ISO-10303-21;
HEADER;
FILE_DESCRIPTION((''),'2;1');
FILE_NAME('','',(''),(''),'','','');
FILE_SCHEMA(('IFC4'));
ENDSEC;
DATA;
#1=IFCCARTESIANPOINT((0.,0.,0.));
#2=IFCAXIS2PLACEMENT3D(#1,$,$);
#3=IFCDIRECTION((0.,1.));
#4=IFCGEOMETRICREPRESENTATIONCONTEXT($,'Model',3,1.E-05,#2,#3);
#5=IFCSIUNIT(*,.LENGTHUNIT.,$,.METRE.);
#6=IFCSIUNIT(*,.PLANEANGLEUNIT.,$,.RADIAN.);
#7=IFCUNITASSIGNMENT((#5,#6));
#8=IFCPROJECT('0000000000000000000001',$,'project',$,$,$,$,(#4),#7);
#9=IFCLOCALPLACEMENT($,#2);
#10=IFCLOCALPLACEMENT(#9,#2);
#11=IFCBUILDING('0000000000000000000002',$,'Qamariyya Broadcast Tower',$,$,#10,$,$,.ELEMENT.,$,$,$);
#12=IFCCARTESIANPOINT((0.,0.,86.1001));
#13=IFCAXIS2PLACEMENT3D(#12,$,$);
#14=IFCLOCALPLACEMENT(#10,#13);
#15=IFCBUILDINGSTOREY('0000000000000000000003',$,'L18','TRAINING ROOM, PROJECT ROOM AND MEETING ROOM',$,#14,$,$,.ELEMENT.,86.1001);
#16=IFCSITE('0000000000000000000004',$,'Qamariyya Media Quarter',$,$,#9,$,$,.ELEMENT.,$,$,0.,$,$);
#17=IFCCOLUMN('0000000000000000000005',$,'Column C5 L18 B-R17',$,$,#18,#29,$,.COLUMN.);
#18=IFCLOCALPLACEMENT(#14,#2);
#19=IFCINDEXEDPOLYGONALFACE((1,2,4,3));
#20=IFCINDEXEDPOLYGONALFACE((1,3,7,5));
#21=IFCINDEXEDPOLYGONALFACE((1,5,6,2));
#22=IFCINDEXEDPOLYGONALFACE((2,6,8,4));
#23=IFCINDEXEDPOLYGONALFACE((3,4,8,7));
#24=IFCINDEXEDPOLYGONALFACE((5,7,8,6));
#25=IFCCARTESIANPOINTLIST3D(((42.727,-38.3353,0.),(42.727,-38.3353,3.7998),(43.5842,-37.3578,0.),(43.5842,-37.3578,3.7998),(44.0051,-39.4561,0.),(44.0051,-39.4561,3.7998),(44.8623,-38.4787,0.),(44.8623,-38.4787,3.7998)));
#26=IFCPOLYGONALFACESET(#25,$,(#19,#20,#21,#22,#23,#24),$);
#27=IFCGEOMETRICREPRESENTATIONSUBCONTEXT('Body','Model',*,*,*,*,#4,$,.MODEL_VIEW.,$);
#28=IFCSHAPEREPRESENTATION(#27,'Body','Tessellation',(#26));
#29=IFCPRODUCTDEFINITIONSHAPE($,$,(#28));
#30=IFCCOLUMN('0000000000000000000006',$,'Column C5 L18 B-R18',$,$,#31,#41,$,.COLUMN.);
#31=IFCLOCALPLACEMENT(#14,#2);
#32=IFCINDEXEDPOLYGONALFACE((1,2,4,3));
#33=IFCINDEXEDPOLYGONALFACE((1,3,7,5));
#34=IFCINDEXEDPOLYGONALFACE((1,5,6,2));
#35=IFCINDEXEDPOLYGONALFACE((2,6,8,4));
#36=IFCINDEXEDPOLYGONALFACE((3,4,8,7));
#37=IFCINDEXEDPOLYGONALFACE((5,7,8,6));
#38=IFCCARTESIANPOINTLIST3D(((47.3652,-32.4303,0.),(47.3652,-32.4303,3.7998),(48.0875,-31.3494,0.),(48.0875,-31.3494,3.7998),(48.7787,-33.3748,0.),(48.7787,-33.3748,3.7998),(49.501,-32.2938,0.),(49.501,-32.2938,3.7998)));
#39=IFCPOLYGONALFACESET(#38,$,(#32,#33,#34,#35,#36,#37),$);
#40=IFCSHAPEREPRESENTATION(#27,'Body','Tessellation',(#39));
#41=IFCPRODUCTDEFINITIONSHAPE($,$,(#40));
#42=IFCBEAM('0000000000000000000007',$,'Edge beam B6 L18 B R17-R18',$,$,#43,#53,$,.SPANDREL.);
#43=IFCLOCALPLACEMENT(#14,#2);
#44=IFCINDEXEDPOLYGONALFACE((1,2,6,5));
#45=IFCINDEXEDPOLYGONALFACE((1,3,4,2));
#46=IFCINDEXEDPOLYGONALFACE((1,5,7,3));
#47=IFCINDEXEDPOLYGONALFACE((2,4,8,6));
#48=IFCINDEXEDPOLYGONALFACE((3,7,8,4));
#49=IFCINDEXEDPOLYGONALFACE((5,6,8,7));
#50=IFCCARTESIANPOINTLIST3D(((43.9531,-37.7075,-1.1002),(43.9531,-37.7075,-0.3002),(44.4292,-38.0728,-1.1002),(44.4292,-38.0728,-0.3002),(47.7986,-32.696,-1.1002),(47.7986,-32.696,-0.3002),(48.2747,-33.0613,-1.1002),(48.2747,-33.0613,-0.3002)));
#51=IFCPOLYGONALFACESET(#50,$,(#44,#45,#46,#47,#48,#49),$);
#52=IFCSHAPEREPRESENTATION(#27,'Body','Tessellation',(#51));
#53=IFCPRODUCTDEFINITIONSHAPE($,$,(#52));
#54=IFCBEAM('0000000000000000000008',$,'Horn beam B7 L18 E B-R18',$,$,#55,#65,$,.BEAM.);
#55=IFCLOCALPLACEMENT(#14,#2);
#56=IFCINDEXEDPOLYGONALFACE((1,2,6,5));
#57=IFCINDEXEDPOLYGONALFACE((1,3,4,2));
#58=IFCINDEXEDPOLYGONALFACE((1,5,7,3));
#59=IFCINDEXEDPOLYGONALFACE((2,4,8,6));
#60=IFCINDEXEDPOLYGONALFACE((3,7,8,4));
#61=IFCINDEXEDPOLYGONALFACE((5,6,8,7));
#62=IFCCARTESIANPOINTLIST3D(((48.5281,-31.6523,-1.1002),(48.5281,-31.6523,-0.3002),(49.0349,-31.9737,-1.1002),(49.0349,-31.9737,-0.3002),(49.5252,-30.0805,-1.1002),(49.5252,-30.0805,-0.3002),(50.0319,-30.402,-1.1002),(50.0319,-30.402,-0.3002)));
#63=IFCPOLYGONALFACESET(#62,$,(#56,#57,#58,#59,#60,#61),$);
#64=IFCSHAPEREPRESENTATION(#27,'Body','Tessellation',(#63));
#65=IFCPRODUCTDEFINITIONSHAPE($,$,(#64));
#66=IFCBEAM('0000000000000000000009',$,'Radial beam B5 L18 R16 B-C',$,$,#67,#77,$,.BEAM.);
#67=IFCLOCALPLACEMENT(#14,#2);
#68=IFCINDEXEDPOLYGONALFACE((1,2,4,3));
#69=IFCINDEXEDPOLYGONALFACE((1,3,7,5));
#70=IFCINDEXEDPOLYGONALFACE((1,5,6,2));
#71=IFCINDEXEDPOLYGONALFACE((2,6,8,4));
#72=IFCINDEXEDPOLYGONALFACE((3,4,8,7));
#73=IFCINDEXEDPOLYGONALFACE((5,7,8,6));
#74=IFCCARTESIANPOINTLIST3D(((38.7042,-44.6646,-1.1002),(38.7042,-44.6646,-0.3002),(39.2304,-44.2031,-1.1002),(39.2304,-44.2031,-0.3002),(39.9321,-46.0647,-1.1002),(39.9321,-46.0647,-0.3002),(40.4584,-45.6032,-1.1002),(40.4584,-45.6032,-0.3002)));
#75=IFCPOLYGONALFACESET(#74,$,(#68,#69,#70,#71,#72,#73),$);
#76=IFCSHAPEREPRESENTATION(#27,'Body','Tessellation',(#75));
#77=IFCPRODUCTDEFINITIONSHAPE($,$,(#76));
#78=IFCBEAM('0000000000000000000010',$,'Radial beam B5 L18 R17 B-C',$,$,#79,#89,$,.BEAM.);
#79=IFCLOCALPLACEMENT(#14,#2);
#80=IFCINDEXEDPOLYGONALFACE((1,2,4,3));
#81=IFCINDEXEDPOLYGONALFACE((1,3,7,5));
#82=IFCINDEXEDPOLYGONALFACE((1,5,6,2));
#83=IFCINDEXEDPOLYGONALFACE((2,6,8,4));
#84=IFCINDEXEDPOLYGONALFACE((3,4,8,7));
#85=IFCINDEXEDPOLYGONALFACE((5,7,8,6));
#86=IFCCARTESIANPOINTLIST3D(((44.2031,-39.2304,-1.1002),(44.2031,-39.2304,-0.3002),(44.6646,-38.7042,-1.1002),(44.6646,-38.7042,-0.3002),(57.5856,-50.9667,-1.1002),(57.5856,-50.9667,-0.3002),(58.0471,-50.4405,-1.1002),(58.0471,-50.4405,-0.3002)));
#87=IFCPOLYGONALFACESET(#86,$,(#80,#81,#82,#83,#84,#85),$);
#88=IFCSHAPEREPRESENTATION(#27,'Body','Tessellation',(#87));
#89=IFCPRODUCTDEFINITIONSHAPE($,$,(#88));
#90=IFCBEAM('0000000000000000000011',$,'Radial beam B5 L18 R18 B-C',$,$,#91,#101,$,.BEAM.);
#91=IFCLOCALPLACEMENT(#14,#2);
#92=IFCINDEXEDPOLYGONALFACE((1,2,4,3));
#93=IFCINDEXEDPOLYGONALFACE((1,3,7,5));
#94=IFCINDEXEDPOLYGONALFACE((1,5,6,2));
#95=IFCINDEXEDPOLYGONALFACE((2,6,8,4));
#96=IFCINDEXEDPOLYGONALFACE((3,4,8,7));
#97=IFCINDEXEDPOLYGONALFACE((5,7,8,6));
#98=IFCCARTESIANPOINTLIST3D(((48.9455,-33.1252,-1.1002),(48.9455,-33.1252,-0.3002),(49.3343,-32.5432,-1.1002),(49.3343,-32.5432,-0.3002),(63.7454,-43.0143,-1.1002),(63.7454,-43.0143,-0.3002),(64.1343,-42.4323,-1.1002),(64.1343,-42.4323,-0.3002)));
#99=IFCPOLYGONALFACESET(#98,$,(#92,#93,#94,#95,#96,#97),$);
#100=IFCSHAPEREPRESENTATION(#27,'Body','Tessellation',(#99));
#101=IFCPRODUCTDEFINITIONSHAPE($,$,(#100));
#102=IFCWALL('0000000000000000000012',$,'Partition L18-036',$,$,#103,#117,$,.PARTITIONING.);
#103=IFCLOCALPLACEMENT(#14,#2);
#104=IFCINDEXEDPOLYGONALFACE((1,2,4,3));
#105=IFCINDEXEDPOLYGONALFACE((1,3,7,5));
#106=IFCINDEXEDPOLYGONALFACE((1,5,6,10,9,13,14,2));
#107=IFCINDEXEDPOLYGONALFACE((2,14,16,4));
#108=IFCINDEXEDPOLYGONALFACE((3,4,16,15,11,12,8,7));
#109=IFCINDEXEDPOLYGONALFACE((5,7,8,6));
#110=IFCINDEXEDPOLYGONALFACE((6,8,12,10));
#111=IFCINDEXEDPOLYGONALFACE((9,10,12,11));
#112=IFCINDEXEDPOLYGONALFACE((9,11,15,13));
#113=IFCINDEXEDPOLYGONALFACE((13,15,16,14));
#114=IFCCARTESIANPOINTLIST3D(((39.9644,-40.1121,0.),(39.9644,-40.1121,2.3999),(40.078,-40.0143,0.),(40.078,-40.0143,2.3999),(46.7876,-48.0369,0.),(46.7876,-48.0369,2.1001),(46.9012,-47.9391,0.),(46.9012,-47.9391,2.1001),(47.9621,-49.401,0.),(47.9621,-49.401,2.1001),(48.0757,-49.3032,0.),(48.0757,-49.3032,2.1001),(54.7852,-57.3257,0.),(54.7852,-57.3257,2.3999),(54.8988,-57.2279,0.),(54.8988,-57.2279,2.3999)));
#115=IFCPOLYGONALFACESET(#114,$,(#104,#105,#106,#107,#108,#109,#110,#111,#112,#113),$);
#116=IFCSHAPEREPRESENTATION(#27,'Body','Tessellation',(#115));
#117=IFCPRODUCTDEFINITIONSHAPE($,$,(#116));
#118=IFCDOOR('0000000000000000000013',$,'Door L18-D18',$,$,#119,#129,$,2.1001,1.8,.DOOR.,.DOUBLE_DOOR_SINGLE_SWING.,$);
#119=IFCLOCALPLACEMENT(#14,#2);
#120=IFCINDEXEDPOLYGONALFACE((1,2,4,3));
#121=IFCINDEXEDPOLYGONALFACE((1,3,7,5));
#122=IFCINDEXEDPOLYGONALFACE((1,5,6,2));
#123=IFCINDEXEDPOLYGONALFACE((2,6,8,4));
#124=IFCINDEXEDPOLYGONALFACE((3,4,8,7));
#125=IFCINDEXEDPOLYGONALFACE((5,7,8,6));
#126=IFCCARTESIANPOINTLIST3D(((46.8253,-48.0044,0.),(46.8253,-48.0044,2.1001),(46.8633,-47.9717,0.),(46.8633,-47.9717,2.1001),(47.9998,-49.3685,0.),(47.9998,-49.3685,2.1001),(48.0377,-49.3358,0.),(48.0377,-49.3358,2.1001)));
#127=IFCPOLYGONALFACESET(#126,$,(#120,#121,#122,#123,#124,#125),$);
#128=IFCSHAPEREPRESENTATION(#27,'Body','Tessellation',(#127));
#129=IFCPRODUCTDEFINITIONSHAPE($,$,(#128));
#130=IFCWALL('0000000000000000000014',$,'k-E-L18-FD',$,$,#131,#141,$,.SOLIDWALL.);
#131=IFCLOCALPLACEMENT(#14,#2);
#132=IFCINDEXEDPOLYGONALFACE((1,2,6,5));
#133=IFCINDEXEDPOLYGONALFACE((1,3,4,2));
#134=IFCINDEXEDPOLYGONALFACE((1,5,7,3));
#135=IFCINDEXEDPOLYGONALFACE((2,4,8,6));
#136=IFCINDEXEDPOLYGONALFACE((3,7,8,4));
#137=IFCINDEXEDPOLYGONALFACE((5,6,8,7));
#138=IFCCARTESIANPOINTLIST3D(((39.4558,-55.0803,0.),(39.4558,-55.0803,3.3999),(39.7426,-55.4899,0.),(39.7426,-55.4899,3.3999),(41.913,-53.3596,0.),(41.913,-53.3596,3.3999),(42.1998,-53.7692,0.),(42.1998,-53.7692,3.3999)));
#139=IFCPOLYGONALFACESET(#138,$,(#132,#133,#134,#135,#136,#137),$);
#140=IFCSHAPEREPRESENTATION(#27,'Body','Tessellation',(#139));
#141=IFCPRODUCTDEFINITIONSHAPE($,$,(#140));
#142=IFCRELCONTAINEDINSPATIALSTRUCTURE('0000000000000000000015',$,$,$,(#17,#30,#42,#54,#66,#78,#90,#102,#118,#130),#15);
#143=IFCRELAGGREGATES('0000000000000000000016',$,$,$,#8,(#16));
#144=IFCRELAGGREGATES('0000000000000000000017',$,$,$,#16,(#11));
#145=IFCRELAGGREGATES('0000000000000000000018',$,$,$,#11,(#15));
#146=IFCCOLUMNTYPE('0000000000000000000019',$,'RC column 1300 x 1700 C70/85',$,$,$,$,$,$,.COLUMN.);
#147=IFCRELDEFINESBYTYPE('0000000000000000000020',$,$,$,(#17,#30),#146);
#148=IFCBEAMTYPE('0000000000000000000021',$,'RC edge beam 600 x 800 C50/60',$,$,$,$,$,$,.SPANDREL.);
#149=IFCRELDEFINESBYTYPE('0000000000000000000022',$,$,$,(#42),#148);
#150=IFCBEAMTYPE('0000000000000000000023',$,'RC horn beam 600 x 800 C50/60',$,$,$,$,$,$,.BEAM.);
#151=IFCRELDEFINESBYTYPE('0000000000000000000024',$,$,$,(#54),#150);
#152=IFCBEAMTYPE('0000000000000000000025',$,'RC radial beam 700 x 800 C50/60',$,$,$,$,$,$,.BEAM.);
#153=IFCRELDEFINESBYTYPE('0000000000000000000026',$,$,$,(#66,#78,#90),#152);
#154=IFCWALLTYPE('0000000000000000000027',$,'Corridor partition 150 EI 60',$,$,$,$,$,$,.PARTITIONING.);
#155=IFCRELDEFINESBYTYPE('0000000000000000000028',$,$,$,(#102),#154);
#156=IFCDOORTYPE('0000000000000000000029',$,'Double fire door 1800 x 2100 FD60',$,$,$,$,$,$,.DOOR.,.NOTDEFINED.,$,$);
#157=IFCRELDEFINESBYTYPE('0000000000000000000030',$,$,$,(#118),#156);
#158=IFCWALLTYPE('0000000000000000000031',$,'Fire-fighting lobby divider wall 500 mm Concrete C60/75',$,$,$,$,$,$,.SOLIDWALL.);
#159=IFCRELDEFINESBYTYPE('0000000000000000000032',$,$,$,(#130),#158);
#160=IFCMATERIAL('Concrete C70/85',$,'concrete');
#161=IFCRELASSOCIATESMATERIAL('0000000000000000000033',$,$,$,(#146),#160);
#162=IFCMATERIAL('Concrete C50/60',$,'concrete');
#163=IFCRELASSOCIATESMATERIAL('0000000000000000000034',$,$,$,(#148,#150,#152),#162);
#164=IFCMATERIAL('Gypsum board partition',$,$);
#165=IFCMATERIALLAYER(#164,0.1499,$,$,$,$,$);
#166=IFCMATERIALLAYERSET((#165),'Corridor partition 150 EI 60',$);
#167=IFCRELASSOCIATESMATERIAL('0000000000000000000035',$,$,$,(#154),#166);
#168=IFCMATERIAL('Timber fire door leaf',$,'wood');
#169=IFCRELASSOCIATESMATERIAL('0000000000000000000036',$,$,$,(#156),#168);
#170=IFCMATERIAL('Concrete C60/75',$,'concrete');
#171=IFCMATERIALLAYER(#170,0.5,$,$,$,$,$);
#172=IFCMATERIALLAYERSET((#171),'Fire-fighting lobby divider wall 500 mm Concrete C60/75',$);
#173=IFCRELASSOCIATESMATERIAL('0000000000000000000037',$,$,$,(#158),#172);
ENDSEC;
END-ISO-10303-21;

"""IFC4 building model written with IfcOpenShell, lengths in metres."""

from ifc_helpers import new_model, si_unit, direction, frame, frame_2d, origin, origin_2d, place, context, subcontext, project, spatial, rectangle, extrude, material, layer, layer_set, material_profile, profile_set, type_object, element, fill, save


model = new_model("IFC4")

# Units and contexts
model_context = context("Model", 3, precision=1e-05, world=origin(), true_north=direction((0.0, 1.0)))
body_context = subcontext(model_context, "Body", "Model", "MODEL_VIEW")
ifc_project = project(units=[si_unit("LENGTHUNIT", "METRE"), si_unit("PLANEANGLEUNIT", "RADIAN")], contexts=[model_context])

# Site, building, storey
site_placement = place(None, origin())
site = spatial("IfcSite", under=ifc_project, at=site_placement, Name="Qamariyya Media Quarter", CompositionType="ELEMENT", RefElevation=0.0)
building_placement = place(site_placement, origin())
building = spatial("IfcBuilding", under=site, at=building_placement, Name="Qamariyya Broadcast Tower", CompositionType="ELEMENT")
storey_placement = place(building_placement, frame((0.0, 0.0, 86.1001)))
storey = spatial("IfcBuildingStorey", under=building, at=storey_placement, Name="L18", Description="TRAINING ROOM, PROJECT ROOM AND MEETING ROOM", CompositionType="ELEMENT", Elevation=86.1001)

# Columns
ifc_material_1 = material(Name="Concrete C70/85", Category="concrete")
ifc_material_profile_1 = material_profile(ifc_material_1, rectangle(XDim=1.3, YDim=1.7, at=origin_2d()))
ifc_profile_set_1 = profile_set([ifc_material_profile_1], Name="Concrete C70/85")
column_type = type_object("IfcColumnType", Name="RC column 1300 x 1700 C70/85", PredefinedType="COLUMN", material=ifc_profile_set_1)
for number, where, z_axis, x_axis, name in (
    (1, (43.7947, -38.407, 0.0), (0.0, 0.0, 1.0), (0.659346, 0.75184, 0.0), "Column C5 L18 B-R17"),
    (2, (48.4331, -32.3621, 0.0), (0.0, 0.0, 1.0), (0.55557, 0.83147, 0.0), "Column C5 L18 B-R18"),
):
    element("IfcColumn", number, at=place(storey_placement, frame(where, z_axis=z_axis, x_axis=x_axis)), inside=storey, type_object=column_type, Name=name, PredefinedType="COLUMN", context=body_context, shape_type="SweptSolid", body=[
        extrude(rectangle(XDim=1.3, YDim=1.7, at=origin_2d()), origin(), (0.0, 0.0, 1.0), 3.7998),
    ])

# Beams
ifc_material_2 = material(Name="Concrete C50/60", Category="concrete")
ifc_material_profile_2 = material_profile(ifc_material_2, rectangle(XDim=0.6001, YDim=0.8, at=origin_2d()))
ifc_profile_set_2 = profile_set([ifc_material_profile_2], Name="Concrete C50/60")
beam_type_1 = type_object("IfcBeamType", Name="RC edge beam 600 x 800 C50/60", PredefinedType="SPANDREL", material=ifc_profile_set_2)
beam_1_placement = place(storey_placement, frame((44.1912, -37.8901, -0.7002), z_axis=(0.608763, 0.793352, 0.0), x_axis=(-0.793352, 0.608763, 0.0)))
element("IfcBeam", 3, at=beam_1_placement, inside=storey, type_object=beam_type_1, Name="Edge beam B6 L18 B R17-R18", PredefinedType="SPANDREL", context=body_context, shape_type="SweptSolid", body=[
    extrude(rectangle(XDim=0.6001, YDim=0.8, at=origin_2d()), origin(), (0.0, 0.0, 1.0), 6.3169),
])
ifc_material_profile_3 = material_profile(ifc_material_2, rectangle(XDim=0.6001, YDim=0.8, at=origin_2d()))
ifc_profile_set_3 = profile_set([ifc_material_profile_3], Name="Concrete C50/60")
beam_type_2 = type_object("IfcBeamType", Name="RC horn beam 600 x 800 C50/60", PredefinedType="BEAM", material=ifc_profile_set_3)
beam_2_placement = place(storey_placement, frame((48.7815, -31.813, -0.7002), z_axis=(0.53567, 0.844428, 0.0), x_axis=(-0.844428, 0.53567, 0.0)))
element("IfcBeam", 4, at=beam_2_placement, inside=storey, type_object=beam_type_2, Name="Horn beam B7 L18 E B-R18", PredefinedType="BEAM", context=body_context, shape_type="SweptSolid", body=[
    extrude(rectangle(XDim=0.6001, YDim=0.8, at=origin_2d()), origin(), (0.0, 0.0, 1.0), 1.8613),
])
ifc_material_profile_4 = material_profile(ifc_material_2, rectangle(XDim=0.7, YDim=0.8, at=origin_2d()))
ifc_profile_set_4 = profile_set([ifc_material_profile_4], Name="Concrete C50/60")
beam_type_3 = type_object("IfcBeamType", Name="RC radial beam 700 x 800 C50/60", PredefinedType="BEAM", material=ifc_profile_set_4)
beam_3_placement = place(storey_placement, frame((38.9673, -44.4338, -0.7002), z_axis=(0.659386, -0.751805, 0.0), x_axis=(0.751805, 0.659386, 0.0)))
element("IfcBeam", 5, at=beam_3_placement, inside=storey, type_object=beam_type_3, Name="Radial beam B5 L18 R16 B-C", PredefinedType="BEAM", context=body_context, shape_type="SweptSolid", body=[
    extrude(rectangle(XDim=0.7, YDim=0.8, at=origin_2d()), origin(), (0.0, 0.0, 1.0), 1.8623),
])
for number, where, z_axis, x_axis, name in (
    (6, (44.4338, -38.9673, -0.7002), (0.751836, -0.65935, 0.0), (0.65935, 0.751836, 0.0), "Radial beam B5 L18 R17 B-C"),
    (7, (49.1399, -32.8342, -0.7002), (0.831467, -0.555573, 0.0), (0.555573, 0.831467, 0.0), "Radial beam B5 L18 R18 B-C"),
):
    element("IfcBeam", number, at=place(storey_placement, frame(where, z_axis=z_axis, x_axis=x_axis)), inside=storey, type_object=beam_type_3, Name=name, PredefinedType="BEAM", context=body_context, shape_type="SweptSolid", body=[
        extrude(rectangle(XDim=0.7, YDim=0.8, at=origin_2d()), origin(), (0.0, 0.0, 1.0), 17.7998),
    ])

# Wall, opening, door
ifc_material_3 = material(Name="Gypsum board partition")
ifc_layer_1 = layer(ifc_material_3, 0.1499)
ifc_layer_set_1 = layer_set([ifc_layer_1], Name="Corridor partition 150 EI 60")
wall_type_1 = type_object("IfcWallType", Name="Corridor partition 150 EI 60", PredefinedType="PARTITIONING", material=ifc_layer_set_1)
wall_1_placement = place(storey_placement, frame((40.0212, -40.0632, 0.0), z_axis=(0.0, 0.0, 1.0), x_axis=(0.652472, -0.757813, 0.0)))
wall_1 = element("IfcWall", 8, at=wall_1_placement, inside=storey, type_object=wall_type_1, Name="Partition L18-036", PredefinedType="PARTITIONING", context=body_context, shape_type="SweptSolid", body=[
    extrude(rectangle(XDim=22.7148, YDim=0.1499, at=frame_2d((11.3574, 0.0))), origin(), (0.0, 0.0, 1.0), 2.3999),
])
opening_1_placement = place(wall_1_placement, frame((10.4575, 0.0, 0.0)))
opening_1 = element("IfcOpeningElement", 9, at=opening_1_placement, cuts=wall_1, PredefinedType="OPENING", context=body_context, shape_type="SweptSolid", body=[
    extrude(rectangle(XDim=1.8, YDim=2.1001, at=frame_2d((0.8999, 1.05))), frame((0.0, 0.085, 0.0), z_axis=(0.0, -1.0, 0.0), x_axis=(1.0, 0.0, 0.0)), (0.0, 0.0, 1.0), 0.1699),
])
ifc_material_4 = material(Name="Timber fire door leaf", Category="wood")
door_type_1 = type_object("IfcDoorType", Name="Double fire door 1800 x 2100 FD60", OperationType="NOTDEFINED", PredefinedType="DOOR", material=ifc_material_4)
door_1_placement = place(opening_1_placement, origin())
door_1 = element("IfcDoor", 10, at=door_1_placement, inside=storey, type_object=door_type_1, Name="Door L18-D18", OperationType="DOUBLE_DOOR_SINGLE_SWING", OverallHeight=2.1001, OverallWidth=1.8, PredefinedType="DOOR", context=body_context, shape_type="SweptSolid", body=[
    extrude(rectangle(XDim=1.8, YDim=2.1001, at=frame_2d((0.8999, 1.05))), frame((0.0, 0.0249, 0.0), z_axis=(0.0, -1.0, 0.0), x_axis=(1.0, 0.0, 0.0)), (0.0, 0.0, 1.0), 0.05),
])
fill(opening_1, door_1)

# Wall
ifc_material_5 = material(Name="Concrete C60/75", Category="concrete")
ifc_layer_2 = layer(ifc_material_5, 0.5)
ifc_layer_set_2 = layer_set([ifc_layer_2], Name="Fire-fighting lobby divider wall 500 mm Concrete C60/75")
wall_type_2 = type_object("IfcWallType", Name="Fire-fighting lobby divider wall 500 mm Concrete C60/75", PredefinedType="SOLIDWALL", material=ifc_layer_set_2)
wall_2_placement = place(storey_placement, frame((39.5991, -55.2852, 0.0), z_axis=(0.0, 0.0, 1.0), x_axis=(0.819136, 0.573599, 0.0)))
element("IfcWall", 11, at=wall_2_placement, inside=storey, type_object=wall_type_2, Name="k-E-L18-FD", PredefinedType="SOLIDWALL", context=body_context, shape_type="SweptSolid", body=[
    extrude(rectangle(XDim=2.9998, YDim=0.5, at=frame_2d((1.5, 0.0))), origin(), (0.0, 0.0, 1.0), 3.3999),
])

save(model, "model.ifc")
